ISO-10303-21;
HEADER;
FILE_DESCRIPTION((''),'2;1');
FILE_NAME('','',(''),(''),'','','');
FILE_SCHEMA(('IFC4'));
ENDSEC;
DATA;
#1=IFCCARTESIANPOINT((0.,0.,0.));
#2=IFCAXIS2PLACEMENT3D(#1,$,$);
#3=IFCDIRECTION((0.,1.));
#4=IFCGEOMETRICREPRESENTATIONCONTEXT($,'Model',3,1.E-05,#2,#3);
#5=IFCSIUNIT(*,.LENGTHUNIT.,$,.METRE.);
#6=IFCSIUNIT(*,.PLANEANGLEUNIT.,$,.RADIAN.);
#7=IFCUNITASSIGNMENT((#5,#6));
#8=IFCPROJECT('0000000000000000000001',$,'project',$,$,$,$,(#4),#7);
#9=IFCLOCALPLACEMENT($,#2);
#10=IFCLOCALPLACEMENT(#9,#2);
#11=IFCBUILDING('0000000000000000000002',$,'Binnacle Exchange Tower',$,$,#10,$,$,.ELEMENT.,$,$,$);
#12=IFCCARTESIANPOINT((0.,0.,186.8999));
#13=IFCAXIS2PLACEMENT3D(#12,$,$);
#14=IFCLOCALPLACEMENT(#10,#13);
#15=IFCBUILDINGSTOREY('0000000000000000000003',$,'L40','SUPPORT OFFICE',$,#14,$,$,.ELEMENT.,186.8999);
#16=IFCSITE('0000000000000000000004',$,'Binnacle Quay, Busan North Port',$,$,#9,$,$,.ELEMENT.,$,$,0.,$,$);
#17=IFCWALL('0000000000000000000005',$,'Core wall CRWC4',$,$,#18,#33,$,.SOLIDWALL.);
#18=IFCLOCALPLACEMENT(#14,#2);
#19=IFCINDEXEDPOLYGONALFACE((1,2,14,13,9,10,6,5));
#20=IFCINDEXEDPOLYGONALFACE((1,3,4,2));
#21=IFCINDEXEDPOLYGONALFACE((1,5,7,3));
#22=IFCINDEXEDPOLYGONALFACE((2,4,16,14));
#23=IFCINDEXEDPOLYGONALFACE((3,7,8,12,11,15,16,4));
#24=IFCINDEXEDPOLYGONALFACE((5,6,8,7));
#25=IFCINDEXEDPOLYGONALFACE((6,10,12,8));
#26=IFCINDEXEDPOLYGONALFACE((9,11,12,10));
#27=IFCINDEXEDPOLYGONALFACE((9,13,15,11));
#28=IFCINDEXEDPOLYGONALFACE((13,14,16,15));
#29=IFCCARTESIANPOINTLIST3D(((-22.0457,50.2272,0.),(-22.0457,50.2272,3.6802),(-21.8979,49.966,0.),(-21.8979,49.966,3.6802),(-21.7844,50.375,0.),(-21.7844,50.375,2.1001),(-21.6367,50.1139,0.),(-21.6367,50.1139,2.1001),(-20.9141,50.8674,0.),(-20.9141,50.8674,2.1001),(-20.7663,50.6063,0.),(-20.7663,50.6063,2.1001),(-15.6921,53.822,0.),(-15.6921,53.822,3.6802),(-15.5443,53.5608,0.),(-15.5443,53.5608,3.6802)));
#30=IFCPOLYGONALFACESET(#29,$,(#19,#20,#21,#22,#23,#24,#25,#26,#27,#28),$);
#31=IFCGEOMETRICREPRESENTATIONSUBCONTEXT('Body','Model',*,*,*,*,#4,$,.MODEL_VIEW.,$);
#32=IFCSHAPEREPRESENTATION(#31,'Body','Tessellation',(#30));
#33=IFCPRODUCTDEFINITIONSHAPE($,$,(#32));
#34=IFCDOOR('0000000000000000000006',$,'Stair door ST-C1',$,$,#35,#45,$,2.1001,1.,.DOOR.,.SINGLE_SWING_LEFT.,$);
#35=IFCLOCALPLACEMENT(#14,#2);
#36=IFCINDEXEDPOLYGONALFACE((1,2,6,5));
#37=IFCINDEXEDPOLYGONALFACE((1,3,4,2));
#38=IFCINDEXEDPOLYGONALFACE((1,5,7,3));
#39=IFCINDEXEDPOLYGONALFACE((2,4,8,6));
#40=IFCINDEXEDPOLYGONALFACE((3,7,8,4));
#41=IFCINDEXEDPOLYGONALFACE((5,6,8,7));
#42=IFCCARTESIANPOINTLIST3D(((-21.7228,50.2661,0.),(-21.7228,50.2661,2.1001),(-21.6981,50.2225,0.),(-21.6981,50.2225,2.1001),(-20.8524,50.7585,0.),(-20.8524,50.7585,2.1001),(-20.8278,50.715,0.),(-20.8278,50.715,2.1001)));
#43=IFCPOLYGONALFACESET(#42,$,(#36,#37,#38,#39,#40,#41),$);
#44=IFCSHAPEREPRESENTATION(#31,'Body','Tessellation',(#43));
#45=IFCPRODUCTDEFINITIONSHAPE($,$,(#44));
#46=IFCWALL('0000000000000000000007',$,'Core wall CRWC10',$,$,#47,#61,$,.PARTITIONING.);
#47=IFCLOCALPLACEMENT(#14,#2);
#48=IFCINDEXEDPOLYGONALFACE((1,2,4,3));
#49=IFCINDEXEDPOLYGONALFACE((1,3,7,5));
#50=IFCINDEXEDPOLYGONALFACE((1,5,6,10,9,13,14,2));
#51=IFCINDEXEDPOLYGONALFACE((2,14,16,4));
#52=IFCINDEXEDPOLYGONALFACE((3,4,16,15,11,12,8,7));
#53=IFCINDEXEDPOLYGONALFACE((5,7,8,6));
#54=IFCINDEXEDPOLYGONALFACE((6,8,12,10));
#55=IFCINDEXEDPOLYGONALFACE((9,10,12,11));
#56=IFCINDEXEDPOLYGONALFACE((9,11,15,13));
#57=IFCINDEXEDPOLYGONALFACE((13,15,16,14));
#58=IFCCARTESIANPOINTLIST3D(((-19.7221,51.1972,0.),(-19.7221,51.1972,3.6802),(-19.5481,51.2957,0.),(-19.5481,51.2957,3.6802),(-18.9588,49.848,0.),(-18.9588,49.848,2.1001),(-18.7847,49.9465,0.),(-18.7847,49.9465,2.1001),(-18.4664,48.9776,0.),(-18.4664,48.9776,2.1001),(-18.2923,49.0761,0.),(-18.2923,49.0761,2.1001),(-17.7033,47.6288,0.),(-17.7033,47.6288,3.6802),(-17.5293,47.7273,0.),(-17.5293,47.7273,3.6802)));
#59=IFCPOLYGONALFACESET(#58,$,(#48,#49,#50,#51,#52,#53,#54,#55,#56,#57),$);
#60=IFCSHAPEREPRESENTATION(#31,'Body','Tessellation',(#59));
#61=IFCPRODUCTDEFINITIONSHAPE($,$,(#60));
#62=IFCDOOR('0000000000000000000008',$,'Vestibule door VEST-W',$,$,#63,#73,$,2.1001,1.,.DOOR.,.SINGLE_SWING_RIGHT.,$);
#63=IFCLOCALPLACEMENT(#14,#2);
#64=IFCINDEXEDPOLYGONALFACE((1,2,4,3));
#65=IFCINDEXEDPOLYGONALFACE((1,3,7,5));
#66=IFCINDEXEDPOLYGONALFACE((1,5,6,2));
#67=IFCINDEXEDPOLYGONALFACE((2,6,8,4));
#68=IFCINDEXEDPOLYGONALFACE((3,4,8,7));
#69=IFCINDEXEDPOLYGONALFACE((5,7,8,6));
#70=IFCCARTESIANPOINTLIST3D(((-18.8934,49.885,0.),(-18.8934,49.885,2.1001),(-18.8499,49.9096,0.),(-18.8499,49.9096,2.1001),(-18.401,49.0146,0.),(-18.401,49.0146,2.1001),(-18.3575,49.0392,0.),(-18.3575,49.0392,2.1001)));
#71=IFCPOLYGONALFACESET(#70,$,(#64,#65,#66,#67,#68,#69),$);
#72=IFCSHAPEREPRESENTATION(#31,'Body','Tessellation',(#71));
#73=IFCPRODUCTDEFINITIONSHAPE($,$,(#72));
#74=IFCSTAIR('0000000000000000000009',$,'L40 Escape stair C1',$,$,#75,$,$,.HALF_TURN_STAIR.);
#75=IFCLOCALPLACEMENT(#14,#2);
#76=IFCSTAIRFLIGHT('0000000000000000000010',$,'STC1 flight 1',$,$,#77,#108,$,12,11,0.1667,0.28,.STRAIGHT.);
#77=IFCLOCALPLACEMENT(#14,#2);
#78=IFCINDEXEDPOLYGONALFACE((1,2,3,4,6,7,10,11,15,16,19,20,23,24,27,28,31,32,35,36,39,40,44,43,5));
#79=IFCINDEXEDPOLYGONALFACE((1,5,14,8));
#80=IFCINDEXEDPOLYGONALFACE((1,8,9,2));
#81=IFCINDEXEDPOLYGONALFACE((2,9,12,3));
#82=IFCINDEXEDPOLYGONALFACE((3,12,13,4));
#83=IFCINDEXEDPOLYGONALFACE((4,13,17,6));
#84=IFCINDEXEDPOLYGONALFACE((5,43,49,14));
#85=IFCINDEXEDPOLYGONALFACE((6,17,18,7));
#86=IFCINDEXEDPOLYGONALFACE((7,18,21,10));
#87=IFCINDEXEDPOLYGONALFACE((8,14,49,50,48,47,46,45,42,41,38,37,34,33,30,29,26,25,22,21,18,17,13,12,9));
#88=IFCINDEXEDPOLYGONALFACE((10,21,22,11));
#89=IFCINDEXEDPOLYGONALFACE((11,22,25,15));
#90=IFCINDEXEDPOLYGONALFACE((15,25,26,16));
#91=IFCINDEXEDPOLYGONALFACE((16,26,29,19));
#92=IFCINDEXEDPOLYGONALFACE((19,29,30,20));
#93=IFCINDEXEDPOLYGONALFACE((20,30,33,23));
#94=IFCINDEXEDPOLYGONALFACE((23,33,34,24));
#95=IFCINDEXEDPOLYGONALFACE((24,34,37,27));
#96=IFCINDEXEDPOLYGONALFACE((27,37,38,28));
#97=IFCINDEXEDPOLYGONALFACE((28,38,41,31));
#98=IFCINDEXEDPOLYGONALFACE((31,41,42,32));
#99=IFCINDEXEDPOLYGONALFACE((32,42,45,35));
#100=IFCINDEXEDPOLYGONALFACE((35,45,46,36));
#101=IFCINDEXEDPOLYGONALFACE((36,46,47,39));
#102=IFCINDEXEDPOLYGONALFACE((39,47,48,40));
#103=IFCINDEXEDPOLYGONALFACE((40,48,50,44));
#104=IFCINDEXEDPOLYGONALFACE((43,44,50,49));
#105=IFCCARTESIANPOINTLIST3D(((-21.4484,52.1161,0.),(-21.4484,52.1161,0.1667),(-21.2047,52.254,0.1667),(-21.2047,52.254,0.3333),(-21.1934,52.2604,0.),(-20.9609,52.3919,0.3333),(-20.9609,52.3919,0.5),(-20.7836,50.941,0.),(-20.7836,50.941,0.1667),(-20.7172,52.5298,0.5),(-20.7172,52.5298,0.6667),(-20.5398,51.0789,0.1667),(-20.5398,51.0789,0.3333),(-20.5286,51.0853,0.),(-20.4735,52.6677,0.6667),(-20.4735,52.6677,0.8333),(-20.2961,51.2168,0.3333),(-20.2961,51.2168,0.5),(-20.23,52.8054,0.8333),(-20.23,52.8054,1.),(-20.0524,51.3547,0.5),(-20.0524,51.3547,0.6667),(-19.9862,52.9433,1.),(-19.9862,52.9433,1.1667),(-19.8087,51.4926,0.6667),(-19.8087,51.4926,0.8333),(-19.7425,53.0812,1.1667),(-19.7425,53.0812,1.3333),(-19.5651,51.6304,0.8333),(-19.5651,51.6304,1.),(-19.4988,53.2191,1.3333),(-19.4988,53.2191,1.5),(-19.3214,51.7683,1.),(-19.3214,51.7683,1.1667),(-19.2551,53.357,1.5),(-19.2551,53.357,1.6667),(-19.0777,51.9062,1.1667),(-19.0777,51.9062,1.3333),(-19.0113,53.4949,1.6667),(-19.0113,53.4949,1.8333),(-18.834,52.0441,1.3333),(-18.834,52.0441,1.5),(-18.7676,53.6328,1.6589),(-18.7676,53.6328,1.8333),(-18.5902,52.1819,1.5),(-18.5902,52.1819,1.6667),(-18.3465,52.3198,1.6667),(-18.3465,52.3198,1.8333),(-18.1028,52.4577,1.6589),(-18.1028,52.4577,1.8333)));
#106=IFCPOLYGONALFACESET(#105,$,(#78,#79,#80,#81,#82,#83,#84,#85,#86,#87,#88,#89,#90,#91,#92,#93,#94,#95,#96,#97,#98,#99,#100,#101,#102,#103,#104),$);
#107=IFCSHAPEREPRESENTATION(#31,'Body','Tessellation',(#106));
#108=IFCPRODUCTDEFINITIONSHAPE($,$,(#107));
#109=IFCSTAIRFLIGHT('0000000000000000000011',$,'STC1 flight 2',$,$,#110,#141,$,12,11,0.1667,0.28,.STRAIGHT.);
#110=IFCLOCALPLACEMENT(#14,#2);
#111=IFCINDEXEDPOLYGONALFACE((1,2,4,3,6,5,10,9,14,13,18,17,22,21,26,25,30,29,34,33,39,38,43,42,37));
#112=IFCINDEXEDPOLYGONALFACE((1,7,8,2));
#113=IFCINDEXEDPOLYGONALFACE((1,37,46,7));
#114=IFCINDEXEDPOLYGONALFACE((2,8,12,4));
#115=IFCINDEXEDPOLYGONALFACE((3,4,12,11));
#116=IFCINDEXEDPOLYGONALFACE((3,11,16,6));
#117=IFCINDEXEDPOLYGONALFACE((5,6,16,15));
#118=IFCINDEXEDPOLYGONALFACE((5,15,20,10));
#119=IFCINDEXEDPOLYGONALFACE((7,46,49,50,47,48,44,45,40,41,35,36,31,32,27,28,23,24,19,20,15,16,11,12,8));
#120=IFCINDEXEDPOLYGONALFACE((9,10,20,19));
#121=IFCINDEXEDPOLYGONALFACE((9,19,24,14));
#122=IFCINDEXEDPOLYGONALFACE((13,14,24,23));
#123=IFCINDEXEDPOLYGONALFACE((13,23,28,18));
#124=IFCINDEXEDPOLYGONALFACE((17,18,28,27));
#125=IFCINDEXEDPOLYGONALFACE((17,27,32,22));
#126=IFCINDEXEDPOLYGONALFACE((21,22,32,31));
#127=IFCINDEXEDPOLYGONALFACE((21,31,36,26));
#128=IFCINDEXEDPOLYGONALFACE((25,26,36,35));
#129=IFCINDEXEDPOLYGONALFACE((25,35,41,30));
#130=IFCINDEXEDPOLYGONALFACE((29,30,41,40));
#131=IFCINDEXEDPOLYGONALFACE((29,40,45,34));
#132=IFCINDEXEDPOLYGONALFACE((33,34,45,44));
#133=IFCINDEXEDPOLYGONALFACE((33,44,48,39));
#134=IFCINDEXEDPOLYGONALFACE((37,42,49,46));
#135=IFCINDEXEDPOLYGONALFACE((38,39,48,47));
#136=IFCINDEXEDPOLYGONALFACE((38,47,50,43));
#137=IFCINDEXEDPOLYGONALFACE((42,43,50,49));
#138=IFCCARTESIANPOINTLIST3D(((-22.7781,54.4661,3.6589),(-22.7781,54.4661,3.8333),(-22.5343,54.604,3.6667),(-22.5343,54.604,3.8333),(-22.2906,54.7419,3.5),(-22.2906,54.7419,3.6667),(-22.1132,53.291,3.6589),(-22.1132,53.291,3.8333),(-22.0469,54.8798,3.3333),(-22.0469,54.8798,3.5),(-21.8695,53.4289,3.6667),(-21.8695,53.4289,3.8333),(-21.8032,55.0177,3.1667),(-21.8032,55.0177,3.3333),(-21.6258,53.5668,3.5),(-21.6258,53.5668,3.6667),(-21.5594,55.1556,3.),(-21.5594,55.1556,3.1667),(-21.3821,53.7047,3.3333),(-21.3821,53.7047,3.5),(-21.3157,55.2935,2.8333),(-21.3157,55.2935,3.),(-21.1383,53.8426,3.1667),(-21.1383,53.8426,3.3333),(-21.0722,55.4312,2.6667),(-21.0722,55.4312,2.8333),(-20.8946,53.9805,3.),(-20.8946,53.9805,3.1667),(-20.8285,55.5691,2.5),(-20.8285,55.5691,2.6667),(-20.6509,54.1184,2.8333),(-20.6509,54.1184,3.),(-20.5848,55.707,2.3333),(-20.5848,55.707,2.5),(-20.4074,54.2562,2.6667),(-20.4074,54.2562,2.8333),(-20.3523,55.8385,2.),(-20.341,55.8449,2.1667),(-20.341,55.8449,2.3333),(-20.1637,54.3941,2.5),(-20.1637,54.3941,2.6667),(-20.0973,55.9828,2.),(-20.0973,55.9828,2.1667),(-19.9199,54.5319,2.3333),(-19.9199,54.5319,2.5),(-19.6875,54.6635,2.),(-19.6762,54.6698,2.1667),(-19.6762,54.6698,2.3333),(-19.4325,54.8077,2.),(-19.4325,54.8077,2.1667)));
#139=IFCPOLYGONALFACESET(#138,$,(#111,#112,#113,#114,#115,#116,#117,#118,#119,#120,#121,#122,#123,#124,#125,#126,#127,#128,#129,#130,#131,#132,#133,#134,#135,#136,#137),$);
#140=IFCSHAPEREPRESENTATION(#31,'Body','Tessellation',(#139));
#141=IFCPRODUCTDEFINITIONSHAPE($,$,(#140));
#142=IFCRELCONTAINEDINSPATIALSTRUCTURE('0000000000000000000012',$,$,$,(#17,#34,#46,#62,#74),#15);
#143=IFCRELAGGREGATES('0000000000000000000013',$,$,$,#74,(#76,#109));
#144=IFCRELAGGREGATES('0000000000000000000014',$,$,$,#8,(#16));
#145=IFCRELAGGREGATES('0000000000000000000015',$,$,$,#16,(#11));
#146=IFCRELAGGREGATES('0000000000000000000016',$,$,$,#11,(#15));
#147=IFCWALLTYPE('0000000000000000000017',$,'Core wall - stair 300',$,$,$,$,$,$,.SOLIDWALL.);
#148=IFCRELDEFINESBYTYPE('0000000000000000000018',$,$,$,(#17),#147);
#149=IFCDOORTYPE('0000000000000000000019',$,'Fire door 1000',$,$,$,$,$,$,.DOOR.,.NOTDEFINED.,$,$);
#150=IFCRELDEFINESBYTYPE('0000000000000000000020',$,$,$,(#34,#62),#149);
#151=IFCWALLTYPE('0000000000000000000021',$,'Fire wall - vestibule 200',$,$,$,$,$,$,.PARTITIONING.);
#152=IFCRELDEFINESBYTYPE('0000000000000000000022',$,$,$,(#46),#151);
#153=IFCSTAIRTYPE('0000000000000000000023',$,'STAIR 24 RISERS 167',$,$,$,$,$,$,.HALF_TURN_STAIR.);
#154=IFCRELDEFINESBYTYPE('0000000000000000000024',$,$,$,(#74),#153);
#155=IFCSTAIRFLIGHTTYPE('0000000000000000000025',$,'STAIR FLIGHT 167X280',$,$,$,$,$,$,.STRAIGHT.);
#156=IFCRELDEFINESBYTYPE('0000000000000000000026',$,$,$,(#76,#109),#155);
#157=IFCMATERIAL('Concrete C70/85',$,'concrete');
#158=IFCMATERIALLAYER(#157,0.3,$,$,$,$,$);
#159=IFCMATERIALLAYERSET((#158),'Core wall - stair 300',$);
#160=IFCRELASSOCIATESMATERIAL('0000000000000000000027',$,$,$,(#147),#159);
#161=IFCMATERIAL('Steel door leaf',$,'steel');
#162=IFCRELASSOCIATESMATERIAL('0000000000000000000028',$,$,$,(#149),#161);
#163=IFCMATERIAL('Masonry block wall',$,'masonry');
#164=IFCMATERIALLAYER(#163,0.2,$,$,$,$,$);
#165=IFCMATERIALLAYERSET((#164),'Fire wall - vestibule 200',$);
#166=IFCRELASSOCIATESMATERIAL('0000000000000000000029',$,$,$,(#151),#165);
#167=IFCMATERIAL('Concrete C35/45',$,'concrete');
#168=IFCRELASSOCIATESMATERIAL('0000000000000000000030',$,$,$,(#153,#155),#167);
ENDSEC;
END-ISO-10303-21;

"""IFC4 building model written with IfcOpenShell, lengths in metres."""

from ifc_helpers import new_model, si_unit, direction, frame, frame_2d, origin, place, context, subcontext, project, spatial, polyline, rectangle, outline, extrude, material, layer, layer_set, type_object, element, fill, aggregate, save


model = new_model("IFC4")

# Units and contexts
model_context = context("Model", 3, precision=1e-05, world=origin(), true_north=direction((0.0, 1.0)))
body_context = subcontext(model_context, "Body", "Model", "MODEL_VIEW")
ifc_project = project(units=[si_unit("LENGTHUNIT", "METRE"), si_unit("PLANEANGLEUNIT", "RADIAN")], contexts=[model_context])

# Site, building, storey
site_placement = place(None, origin())
site = spatial("IfcSite", under=ifc_project, at=site_placement, Name="Binnacle Quay, Busan North Port", CompositionType="ELEMENT", RefElevation=0.0)
building_placement = place(site_placement, origin())
building = spatial("IfcBuilding", under=site, at=building_placement, Name="Binnacle Exchange Tower", CompositionType="ELEMENT")
storey_placement = place(building_placement, frame((0.0, 0.0, 186.8999)))
storey = spatial("IfcBuildingStorey", under=building, at=storey_placement, Name="L40", Description="SUPPORT OFFICE", CompositionType="ELEMENT", Elevation=186.8999)

# Shared definitions
ifc_material_1 = material(Name="Concrete C70/85", Category="concrete")

# Shared definitions
ifc_material_2 = material(Name="Steel door leaf", Category="steel")

# Walls, openings, doors
ifc_layer_1 = layer(ifc_material_1, 0.3)
ifc_layer_set_1 = layer_set([ifc_layer_1], Name="Core wall - stair 300")
wall_type_1 = type_object("IfcWallType", Name="Core wall - stair 300", PredefinedType="SOLIDWALL", material=ifc_layer_set_1)
wall_1_placement = place(storey_placement, frame((-21.9717, 50.0967, 0.0), z_axis=(0.0, 0.0, 1.0), x_axis=(0.870351, 0.492432, 0.0)))
wall_1 = element("IfcWall", 1, at=wall_1_placement, inside=storey, type_object=wall_type_1, Name="Core wall CRWC4", PredefinedType="SOLIDWALL", context=body_context, shape_type="SweptSolid", body=[
    extrude(rectangle(XDim=7.3, YDim=0.3, at=frame_2d((3.6499, 0.0))), origin(), (0.0, 0.0, 1.0), 3.6802),
])
opening_1_placement = place(wall_1_placement, frame((0.3, 0.0, 0.0)))
opening_1 = element("IfcOpeningElement", 2, at=opening_1_placement, cuts=wall_1, PredefinedType="OPENING", context=body_context, shape_type="SweptSolid", body=[
    extrude(rectangle(XDim=1.0, YDim=2.1001, at=frame_2d((0.5, 1.05))), frame((0.0, 0.1599, 0.0), z_axis=(0.0, -1.0, 0.0), x_axis=(1.0, 0.0, 0.0)), (0.0, 0.0, 1.0), 0.3201),
])
door_type_1 = type_object("IfcDoorType", Name="Fire door 1000", OperationType="NOTDEFINED", PredefinedType="DOOR", material=ifc_material_2)
door_1_placement = place(opening_1_placement, origin())
door_1 = element("IfcDoor", 3, at=door_1_placement, inside=storey, type_object=door_type_1, Name="Stair door ST-C1", OperationType="SINGLE_SWING_LEFT", OverallHeight=2.1001, OverallWidth=1.0, PredefinedType="DOOR", context=body_context, shape_type="SweptSolid", body=[
    extrude(rectangle(XDim=1.0, YDim=2.1001, at=frame_2d((0.5, 1.05))), frame((0.0, 0.0249, 0.0), z_axis=(0.0, -1.0, 0.0), x_axis=(1.0, 0.0, 0.0)), (0.0, 0.0, 1.0), 0.05),
])
fill(opening_1, door_1)
ifc_material_3 = material(Name="Masonry block wall", Category="masonry")
ifc_layer_2 = layer(ifc_material_3, 0.2)
ifc_layer_set_2 = layer_set([ifc_layer_2], Name="Fire wall - vestibule 200")
wall_type_2 = type_object("IfcWallType", Name="Fire wall - vestibule 200", PredefinedType="PARTITIONING", material=ifc_layer_set_2)
wall_2_placement = place(storey_placement, frame((-19.635, 51.2463, 0.0), z_axis=(0.0, 0.0, 1.0), x_axis=(0.492408, -0.870364, 0.0)))
wall_2 = element("IfcWall", 4, at=wall_2_placement, inside=storey, type_object=wall_type_2, Name="Core wall CRWC10", PredefinedType="PARTITIONING", context=body_context, shape_type="SweptSolid", body=[
    extrude(rectangle(XDim=4.0999, YDim=0.2, at=frame_2d((2.0498, 0.0))), origin(), (0.0, 0.0, 1.0), 3.6802),
])
opening_2_placement = place(wall_2_placement, frame((1.55, 0.0, 0.0)))
opening_2 = element("IfcOpeningElement", 5, at=opening_2_placement, cuts=wall_2, PredefinedType="OPENING", context=body_context, shape_type="SweptSolid", body=[
    extrude(rectangle(XDim=1.0, YDim=2.1001, at=frame_2d((0.5, 1.05))), frame((0.0, 0.1099, 0.0), z_axis=(0.0, -1.0, 0.0), x_axis=(1.0, 0.0, 0.0)), (0.0, 0.0, 1.0), 0.22),
])
door_2_placement = place(opening_2_placement, frame((1.0, 0.0, 0.0), z_axis=(0.0, 0.0, 1.0), x_axis=(-1.0, 0.0, 0.0)))
door_2 = element("IfcDoor", 6, at=door_2_placement, inside=storey, type_object=door_type_1, Name="Vestibule door VEST-W", OperationType="SINGLE_SWING_RIGHT", OverallHeight=2.1001, OverallWidth=1.0, PredefinedType="DOOR", context=body_context, shape_type="SweptSolid", body=[
    extrude(rectangle(XDim=1.0, YDim=2.1001, at=frame_2d((0.5, 1.05))), frame((0.0, 0.0249, 0.0), z_axis=(0.0, -1.0, 0.0), x_axis=(1.0, 0.0, 0.0)), (0.0, 0.0, 1.0), 0.05),
])
fill(opening_2, door_2)

# Stair, stair flights
ifc_material_4 = material(Name="Concrete C35/45", Category="concrete")
stair_type = type_object("IfcStairType", Name="STAIR 24 RISERS 167", PredefinedType="HALF_TURN_STAIR", material=ifc_material_4)
stair_placement = place(storey_placement, origin())
stair = element("IfcStair", 7, at=stair_placement, inside=storey, type_object=stair_type, Name="L40 Escape stair C1", PredefinedType="HALF_TURN_STAIR")
stair_flight_type = type_object("IfcStairFlightType", Name="STAIR FLIGHT 167X280", PredefinedType="STRAIGHT", material=ifc_material_4)
stair_flight_1_placement = place(storey_placement, frame((-21.116, 51.5286, 0.0), z_axis=(0.0, 0.0, 1.0), x_axis=(0.870356, 0.492424, 0.0)))
stair_flight_1 = element("IfcStairFlight", 8, at=stair_flight_1_placement, type_object=stair_flight_type, Name="STC1 flight 1", NumberOfRisers=12, NumberOfTreads=11, PredefinedType="STRAIGHT", RiserHeight=0.1667, TreadLength=0.28, context=body_context, shape_type="SweptSolid", body=[
    extrude(outline(polyline([(0.0, 0.0), (0.0, 0.1667), (0.28, 0.1667), (0.28, 0.3333), (0.5601, 0.3333), (0.5601, 0.5), (0.8401, 0.5), (0.8401, 0.6667), (1.1201, 0.6667), (1.1201, 0.8333), (1.3999, 0.8333), (1.3999, 1.0), (1.6799, 1.0), (1.6799, 1.1667), (1.96, 1.1667), (1.96, 1.3333), (2.24, 1.3333), (2.24, 1.5), (2.52, 1.5), (2.52, 1.6667), (2.8, 1.6667), (2.8, 1.8333), (3.0801, 1.8333), (3.0801, 2.0), (3.0801, 1.6589), (0.293, 0.0), (0.0, 0.0)])), frame((0.0, 0.675, 0.0), z_axis=(0.0, -1.0, 0.0), x_axis=(1.0, 0.0, 0.0)), (0.0, 0.0, 1.0), 1.3501),
])
stair_flight_2_placement = place(storey_placement, frame((-19.7649, 55.3953, 2.0), z_axis=(0.0, 0.0, 1.0), x_axis=(-0.870356, -0.492424, 0.0)))
stair_flight_2 = element("IfcStairFlight", 9, at=stair_flight_2_placement, type_object=stair_flight_type, Name="STC1 flight 2", NumberOfRisers=12, NumberOfTreads=11, PredefinedType="STRAIGHT", RiserHeight=0.1667, TreadLength=0.28, context=body_context, shape_type="SweptSolid", body=[
    extrude(outline(polyline([(0.0, 0.0), (0.0, 0.1667), (0.28, 0.1667), (0.28, 0.3333), (0.5601, 0.3333), (0.5601, 0.5), (0.8401, 0.5), (0.8401, 0.6667), (1.1201, 0.6667), (1.1201, 0.8333), (1.3999, 0.8333), (1.3999, 1.0), (1.6799, 1.0), (1.6799, 1.1667), (1.96, 1.1667), (1.96, 1.3333), (2.24, 1.3333), (2.24, 1.5), (2.52, 1.5), (2.52, 1.6667), (2.8, 1.6667), (2.8, 1.8333), (3.0801, 1.8333), (3.0801, 2.0), (3.0801, 1.6589), (0.293, 0.0), (0.0, 0.0)])), frame((0.0, 0.675, 0.0), z_axis=(0.0, -1.0, 0.0), x_axis=(1.0, 0.0, 0.0)), (0.0, 0.0, 1.0), 1.3501),
])
aggregate(stair, [stair_flight_1, stair_flight_2])

save(model, "model.ifc")
